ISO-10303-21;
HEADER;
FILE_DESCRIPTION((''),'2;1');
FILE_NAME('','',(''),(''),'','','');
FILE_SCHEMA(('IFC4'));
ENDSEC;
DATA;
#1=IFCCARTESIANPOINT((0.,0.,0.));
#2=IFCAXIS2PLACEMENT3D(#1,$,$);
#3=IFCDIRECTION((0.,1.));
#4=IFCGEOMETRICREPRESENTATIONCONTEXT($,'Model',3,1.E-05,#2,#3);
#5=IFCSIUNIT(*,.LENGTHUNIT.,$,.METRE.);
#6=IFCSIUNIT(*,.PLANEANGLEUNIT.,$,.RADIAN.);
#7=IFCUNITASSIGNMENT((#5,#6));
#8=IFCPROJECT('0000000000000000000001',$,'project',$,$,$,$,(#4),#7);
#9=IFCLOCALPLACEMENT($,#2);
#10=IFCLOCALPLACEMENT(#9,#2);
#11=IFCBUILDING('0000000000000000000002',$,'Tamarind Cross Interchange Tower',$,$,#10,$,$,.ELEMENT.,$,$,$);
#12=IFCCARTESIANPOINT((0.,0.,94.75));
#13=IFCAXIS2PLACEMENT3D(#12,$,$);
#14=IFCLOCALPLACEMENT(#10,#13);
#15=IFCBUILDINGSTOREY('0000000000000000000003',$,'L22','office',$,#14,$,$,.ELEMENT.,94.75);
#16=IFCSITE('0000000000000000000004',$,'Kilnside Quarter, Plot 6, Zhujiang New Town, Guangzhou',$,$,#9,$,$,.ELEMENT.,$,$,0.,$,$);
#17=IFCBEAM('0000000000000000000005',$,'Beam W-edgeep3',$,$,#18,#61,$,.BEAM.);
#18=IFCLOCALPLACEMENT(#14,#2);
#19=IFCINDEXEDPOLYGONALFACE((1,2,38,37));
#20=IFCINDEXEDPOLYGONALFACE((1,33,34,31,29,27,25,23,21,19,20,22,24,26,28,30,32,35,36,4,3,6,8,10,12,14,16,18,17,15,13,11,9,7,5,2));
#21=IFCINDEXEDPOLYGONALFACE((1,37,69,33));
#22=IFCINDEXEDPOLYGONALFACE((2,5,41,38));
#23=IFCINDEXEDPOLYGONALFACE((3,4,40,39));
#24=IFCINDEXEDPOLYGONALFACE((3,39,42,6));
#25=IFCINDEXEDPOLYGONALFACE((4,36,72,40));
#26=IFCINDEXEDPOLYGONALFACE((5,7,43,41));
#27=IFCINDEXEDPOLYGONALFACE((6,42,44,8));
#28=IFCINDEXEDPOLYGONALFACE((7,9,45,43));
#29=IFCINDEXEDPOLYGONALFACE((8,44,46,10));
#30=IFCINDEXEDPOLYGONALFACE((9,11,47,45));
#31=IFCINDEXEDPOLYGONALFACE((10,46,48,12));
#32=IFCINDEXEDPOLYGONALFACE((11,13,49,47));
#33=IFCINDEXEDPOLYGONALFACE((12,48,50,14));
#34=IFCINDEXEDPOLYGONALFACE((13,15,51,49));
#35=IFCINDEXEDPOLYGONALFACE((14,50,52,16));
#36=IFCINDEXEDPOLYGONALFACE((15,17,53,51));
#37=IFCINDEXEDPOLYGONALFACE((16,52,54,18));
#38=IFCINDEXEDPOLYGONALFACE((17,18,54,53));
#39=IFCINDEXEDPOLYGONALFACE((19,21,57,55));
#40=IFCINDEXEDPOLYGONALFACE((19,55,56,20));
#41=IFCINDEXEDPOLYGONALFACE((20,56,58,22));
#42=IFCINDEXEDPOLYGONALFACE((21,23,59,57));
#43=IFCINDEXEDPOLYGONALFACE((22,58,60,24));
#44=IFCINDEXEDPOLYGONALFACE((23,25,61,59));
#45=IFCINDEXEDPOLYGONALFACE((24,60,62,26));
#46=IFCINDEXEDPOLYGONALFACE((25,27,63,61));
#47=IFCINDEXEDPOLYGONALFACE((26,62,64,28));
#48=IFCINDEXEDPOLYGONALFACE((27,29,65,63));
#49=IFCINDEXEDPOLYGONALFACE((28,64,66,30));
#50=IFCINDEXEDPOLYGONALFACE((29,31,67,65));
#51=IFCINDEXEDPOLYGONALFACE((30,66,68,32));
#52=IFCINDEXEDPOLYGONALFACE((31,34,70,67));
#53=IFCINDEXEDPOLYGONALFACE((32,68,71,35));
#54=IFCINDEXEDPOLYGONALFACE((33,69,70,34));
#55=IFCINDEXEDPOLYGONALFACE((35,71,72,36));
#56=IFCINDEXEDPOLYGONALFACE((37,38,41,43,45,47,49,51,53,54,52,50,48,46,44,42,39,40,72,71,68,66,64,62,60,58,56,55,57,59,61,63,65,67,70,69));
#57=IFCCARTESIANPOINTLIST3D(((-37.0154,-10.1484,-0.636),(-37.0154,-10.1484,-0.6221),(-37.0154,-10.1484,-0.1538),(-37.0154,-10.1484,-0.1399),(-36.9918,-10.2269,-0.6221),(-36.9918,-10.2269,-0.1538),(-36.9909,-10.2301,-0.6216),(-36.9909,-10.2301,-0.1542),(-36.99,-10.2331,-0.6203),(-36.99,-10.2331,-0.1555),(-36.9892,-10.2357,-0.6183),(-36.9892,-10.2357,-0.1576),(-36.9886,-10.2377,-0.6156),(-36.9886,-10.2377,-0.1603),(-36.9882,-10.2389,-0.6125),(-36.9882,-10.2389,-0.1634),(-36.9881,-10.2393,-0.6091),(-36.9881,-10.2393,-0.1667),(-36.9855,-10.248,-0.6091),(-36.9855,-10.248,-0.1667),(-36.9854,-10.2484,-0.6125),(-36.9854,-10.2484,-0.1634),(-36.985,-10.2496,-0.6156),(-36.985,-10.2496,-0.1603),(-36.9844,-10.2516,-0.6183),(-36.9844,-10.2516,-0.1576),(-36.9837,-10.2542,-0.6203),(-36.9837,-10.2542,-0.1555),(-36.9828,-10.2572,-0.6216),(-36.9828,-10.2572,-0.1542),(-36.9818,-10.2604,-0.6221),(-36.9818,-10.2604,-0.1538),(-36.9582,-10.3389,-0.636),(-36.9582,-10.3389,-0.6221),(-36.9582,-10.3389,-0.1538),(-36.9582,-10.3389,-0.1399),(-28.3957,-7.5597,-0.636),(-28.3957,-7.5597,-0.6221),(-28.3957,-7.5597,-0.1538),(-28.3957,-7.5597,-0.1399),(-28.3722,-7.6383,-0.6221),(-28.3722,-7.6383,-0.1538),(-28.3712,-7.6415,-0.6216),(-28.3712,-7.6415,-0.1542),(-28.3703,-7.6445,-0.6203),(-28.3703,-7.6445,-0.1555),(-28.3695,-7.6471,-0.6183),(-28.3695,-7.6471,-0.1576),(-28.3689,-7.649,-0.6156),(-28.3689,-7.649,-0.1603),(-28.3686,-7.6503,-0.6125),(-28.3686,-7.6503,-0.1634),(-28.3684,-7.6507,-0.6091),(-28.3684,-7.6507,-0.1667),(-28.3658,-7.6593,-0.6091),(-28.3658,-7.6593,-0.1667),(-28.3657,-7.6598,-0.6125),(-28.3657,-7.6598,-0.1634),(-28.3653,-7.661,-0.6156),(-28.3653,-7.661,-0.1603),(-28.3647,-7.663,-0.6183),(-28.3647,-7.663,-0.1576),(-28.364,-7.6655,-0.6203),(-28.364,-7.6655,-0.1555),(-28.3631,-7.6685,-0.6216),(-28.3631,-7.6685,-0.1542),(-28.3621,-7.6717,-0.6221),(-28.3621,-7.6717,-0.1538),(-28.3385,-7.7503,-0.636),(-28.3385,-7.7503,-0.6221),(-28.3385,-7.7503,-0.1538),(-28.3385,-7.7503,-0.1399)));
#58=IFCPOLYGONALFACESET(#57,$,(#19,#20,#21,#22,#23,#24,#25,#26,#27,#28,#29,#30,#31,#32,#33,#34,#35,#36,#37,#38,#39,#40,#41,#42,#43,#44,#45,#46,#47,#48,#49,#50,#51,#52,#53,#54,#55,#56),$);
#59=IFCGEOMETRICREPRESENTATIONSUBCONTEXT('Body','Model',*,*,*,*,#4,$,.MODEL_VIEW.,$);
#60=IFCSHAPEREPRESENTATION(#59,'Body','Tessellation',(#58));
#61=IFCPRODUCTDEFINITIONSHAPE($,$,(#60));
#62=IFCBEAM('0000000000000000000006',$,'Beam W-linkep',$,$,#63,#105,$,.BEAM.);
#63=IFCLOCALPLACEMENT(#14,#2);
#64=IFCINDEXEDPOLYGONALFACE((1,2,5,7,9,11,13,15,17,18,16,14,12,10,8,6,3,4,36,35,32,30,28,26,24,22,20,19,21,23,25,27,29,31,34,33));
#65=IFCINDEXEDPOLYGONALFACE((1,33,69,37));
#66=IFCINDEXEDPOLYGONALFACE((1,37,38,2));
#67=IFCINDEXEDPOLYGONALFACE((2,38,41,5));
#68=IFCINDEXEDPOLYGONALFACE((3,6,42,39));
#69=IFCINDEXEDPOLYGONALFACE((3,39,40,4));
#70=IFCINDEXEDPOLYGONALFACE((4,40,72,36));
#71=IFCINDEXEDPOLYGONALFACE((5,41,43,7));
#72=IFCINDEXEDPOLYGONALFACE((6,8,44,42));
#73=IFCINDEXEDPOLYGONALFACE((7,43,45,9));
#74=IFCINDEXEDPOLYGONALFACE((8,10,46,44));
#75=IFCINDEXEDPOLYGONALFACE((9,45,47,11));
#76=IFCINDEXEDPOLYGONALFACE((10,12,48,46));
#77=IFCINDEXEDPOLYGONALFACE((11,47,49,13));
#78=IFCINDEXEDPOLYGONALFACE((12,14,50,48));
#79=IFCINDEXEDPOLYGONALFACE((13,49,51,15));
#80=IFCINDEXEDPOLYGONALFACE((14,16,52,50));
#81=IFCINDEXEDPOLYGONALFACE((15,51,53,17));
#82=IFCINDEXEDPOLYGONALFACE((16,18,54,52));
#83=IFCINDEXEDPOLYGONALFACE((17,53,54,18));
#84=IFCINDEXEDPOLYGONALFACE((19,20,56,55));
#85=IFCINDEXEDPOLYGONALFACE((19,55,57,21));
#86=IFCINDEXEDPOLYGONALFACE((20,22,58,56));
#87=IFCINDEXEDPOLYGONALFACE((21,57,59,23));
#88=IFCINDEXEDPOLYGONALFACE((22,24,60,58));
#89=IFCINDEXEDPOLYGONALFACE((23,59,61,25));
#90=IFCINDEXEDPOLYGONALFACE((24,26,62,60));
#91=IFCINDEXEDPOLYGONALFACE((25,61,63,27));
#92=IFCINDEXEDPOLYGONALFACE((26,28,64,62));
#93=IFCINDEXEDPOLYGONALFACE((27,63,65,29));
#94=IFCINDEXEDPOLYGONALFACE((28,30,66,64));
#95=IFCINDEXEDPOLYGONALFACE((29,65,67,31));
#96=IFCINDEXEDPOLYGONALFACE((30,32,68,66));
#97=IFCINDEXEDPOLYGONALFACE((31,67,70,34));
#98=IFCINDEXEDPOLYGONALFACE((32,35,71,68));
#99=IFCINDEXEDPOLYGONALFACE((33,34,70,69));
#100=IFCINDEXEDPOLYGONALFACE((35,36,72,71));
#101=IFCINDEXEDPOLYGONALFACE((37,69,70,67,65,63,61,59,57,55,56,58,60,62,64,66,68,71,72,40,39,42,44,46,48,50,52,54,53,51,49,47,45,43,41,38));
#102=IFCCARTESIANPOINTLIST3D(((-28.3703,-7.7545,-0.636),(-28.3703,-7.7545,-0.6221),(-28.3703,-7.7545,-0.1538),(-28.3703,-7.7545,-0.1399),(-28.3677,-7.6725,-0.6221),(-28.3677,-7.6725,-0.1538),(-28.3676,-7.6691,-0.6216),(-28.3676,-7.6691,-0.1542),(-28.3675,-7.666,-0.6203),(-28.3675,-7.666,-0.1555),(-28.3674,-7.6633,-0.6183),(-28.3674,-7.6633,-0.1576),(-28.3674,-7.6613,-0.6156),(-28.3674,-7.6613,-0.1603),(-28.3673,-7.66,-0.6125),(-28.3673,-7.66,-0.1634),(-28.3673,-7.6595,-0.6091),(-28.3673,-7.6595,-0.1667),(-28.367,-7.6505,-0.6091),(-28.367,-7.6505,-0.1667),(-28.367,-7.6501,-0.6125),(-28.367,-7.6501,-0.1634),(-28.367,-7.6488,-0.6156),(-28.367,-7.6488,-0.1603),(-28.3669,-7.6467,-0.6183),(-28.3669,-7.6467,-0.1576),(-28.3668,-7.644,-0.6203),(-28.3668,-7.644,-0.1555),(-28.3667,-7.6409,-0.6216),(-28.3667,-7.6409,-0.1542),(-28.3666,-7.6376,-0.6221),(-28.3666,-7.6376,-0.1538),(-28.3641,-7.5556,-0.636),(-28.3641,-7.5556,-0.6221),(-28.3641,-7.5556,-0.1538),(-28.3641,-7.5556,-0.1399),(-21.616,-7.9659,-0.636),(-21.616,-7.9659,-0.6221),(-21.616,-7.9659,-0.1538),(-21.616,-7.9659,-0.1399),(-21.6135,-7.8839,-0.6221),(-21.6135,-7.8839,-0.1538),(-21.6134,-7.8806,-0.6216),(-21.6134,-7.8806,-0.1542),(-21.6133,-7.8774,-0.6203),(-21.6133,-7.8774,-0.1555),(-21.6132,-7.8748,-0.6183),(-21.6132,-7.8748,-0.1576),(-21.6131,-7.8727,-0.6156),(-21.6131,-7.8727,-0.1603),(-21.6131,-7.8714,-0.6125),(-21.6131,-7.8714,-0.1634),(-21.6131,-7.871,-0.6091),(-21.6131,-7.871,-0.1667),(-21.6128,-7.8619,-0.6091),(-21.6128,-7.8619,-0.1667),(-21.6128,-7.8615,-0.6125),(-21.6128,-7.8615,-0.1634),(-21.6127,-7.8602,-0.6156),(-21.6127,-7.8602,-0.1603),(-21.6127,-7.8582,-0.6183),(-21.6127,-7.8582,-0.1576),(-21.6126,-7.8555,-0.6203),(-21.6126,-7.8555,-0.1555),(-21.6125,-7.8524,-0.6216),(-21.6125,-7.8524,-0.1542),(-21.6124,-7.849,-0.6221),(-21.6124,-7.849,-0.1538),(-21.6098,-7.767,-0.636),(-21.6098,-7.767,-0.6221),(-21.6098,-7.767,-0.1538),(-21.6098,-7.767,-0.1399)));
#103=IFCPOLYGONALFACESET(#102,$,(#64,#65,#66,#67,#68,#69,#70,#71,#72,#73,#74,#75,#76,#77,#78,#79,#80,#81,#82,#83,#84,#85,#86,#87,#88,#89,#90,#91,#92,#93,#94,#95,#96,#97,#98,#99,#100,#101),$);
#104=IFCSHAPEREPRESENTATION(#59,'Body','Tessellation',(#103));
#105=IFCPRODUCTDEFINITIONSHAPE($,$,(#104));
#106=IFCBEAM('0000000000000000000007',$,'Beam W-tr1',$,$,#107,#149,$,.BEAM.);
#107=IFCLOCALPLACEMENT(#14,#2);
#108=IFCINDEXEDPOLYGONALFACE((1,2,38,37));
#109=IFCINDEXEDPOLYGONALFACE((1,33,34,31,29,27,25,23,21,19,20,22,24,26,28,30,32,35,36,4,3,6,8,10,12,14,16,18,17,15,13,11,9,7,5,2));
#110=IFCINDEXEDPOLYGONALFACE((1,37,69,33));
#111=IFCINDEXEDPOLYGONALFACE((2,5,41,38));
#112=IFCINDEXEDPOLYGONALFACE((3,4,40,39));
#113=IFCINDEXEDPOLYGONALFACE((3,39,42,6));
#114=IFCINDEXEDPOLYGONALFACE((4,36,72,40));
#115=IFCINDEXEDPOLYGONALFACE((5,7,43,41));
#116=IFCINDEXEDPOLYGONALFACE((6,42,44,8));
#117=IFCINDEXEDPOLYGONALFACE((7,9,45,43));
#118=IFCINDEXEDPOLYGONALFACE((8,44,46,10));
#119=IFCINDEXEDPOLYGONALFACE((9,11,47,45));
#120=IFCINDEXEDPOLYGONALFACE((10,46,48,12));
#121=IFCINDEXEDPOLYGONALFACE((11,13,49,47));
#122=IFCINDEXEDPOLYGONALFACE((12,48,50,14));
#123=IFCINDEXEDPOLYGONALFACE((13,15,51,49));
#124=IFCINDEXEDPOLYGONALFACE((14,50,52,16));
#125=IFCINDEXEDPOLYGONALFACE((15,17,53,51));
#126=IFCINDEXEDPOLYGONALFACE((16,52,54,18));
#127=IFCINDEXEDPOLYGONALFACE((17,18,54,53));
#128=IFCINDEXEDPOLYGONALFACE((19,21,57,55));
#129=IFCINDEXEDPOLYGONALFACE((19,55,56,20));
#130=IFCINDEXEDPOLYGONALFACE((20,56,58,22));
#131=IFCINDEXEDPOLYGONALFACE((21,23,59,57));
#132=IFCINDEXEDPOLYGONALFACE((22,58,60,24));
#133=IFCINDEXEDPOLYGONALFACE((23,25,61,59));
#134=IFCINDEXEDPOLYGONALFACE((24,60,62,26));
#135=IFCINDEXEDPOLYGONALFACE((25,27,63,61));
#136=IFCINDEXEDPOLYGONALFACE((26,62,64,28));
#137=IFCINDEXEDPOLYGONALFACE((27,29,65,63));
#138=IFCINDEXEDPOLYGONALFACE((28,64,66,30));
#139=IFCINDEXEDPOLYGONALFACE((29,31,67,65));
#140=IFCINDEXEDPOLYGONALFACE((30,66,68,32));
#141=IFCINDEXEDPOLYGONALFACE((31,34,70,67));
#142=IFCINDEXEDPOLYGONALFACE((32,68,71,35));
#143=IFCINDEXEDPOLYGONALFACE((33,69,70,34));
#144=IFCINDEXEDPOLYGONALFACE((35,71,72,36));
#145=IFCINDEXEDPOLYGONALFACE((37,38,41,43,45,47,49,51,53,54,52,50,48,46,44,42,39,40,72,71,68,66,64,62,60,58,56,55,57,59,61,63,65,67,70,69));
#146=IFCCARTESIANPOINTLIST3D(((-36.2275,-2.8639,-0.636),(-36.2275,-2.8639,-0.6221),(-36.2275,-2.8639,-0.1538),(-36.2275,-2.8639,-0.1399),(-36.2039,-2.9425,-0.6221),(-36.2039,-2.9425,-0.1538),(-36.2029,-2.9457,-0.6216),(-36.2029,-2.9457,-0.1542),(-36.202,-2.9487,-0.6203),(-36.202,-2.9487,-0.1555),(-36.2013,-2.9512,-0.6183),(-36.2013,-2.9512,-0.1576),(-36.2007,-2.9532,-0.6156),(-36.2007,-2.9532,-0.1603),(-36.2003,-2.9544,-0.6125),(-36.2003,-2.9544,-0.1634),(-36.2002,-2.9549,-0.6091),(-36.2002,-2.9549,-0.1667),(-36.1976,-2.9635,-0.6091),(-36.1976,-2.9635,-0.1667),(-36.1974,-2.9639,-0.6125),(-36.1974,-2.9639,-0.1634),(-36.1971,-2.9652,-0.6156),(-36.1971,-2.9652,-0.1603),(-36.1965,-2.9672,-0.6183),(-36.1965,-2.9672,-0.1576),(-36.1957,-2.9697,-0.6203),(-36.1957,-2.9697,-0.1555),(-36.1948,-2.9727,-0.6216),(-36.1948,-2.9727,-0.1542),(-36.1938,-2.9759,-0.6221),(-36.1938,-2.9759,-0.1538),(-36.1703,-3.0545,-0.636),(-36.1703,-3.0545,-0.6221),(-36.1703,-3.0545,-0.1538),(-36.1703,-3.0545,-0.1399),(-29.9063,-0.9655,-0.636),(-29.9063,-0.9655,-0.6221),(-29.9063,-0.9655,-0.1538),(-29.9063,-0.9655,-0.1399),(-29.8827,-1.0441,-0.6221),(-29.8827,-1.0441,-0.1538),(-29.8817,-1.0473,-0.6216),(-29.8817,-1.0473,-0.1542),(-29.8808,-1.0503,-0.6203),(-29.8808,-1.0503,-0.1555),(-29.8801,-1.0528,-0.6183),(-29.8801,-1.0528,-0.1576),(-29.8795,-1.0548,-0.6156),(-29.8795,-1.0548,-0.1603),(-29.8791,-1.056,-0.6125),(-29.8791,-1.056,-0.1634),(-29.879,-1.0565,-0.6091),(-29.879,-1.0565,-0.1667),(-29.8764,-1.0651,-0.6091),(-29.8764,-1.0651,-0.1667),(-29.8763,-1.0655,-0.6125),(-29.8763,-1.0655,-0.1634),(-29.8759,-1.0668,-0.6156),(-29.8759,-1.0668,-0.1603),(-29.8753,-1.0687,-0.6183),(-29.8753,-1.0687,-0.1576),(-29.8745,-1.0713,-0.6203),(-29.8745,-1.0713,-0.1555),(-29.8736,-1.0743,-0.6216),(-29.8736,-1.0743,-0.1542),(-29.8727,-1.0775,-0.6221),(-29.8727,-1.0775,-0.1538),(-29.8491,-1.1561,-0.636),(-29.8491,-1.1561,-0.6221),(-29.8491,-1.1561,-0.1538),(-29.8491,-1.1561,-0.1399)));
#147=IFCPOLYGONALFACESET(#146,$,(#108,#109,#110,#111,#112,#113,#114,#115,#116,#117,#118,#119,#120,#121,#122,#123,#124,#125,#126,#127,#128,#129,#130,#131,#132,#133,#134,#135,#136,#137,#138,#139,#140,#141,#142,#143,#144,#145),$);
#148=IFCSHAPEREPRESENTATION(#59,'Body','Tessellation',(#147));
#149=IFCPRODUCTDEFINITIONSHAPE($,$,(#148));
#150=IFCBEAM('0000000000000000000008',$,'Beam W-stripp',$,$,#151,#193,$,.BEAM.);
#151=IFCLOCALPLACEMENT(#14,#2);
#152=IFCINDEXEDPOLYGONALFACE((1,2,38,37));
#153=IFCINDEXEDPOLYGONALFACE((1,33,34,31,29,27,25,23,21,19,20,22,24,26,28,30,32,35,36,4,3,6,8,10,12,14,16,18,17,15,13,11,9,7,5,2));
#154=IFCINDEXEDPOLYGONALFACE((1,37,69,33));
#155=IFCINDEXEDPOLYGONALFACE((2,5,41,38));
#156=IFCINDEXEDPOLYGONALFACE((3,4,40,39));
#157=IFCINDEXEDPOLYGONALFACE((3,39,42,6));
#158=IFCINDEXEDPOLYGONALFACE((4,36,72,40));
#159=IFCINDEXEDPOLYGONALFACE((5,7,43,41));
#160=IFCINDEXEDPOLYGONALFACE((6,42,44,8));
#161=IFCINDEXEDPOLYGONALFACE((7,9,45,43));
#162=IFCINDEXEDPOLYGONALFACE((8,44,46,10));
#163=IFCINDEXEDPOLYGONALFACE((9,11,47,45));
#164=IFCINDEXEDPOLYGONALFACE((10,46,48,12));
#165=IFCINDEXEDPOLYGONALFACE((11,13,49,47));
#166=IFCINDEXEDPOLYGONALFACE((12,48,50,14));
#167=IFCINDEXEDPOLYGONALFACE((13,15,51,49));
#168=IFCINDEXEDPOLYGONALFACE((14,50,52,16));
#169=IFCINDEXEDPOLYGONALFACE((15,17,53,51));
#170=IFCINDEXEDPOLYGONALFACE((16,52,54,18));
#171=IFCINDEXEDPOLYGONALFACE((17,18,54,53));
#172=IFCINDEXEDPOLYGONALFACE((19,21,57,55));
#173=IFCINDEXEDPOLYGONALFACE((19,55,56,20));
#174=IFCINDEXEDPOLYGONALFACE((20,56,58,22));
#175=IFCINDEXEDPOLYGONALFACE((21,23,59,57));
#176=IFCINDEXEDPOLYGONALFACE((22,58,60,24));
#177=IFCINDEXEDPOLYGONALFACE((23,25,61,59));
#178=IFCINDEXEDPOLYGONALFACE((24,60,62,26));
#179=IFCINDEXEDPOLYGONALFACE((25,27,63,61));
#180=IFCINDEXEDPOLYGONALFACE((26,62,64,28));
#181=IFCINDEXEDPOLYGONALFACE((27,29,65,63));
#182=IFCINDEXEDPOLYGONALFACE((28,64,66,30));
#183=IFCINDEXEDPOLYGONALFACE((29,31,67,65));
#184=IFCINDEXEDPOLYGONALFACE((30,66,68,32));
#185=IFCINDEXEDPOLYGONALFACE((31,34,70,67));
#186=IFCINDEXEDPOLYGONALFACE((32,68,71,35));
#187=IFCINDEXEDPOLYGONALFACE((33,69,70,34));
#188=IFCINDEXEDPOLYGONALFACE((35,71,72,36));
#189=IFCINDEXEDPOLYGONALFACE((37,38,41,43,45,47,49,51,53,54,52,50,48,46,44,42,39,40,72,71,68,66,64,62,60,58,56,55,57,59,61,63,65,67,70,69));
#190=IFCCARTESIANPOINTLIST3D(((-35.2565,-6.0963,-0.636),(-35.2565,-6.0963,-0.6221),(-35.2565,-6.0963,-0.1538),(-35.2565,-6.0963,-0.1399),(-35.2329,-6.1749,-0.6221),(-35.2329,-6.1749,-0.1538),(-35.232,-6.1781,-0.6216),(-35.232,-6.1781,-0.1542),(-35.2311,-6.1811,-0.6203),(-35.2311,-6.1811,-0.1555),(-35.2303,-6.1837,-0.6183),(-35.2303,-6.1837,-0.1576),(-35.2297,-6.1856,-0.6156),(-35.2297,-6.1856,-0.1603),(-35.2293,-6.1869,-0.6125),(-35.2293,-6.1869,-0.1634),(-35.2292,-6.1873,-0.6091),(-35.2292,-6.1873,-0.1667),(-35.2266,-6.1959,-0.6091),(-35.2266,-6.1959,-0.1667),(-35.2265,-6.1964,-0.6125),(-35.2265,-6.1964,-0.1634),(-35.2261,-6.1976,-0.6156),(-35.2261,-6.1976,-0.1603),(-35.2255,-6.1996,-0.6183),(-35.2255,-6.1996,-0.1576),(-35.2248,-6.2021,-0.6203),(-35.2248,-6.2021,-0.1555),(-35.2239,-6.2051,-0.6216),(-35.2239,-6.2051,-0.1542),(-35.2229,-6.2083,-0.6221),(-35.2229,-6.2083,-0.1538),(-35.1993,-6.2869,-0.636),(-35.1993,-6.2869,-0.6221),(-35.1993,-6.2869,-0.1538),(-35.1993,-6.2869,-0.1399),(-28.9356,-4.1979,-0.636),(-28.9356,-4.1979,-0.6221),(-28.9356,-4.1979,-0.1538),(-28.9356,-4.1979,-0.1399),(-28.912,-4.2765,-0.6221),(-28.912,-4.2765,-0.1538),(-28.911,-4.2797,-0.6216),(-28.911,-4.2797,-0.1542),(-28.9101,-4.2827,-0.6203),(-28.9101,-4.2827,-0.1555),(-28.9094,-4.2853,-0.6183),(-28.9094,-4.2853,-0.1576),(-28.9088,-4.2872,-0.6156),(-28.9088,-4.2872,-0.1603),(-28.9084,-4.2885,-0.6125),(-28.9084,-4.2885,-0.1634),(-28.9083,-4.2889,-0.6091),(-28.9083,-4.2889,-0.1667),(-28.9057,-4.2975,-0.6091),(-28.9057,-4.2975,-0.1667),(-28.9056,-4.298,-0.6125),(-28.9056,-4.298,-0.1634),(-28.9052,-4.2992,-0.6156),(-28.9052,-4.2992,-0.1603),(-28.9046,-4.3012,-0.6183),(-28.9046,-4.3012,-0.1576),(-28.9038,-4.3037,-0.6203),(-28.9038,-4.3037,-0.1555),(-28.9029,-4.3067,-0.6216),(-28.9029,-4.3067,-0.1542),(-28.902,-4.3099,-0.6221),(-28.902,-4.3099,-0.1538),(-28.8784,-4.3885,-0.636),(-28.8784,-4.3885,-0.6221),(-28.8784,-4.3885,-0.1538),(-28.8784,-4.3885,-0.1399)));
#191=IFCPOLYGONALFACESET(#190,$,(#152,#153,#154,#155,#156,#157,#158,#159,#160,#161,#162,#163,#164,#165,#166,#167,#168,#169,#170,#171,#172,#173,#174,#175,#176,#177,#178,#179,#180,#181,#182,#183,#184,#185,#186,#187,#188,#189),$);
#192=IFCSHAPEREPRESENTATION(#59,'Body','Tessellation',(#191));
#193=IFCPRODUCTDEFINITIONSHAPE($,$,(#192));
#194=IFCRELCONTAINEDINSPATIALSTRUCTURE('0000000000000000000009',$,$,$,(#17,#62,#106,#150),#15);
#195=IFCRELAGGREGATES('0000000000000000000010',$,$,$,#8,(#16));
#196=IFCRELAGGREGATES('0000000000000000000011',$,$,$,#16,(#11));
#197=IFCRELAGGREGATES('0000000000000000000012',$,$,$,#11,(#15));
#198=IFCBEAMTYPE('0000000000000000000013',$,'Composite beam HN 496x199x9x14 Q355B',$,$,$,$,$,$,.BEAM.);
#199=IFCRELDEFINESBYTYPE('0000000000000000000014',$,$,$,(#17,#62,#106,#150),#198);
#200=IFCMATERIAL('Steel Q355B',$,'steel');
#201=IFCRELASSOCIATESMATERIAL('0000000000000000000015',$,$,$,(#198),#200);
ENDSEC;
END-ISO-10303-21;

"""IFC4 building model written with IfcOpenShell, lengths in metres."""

from ifc_helpers import new_model, si_unit, direction, frame, origin, origin_2d, place, context, subcontext, project, spatial, i_section, extrude, material, material_profile, profile_set, type_object, element, save


model = new_model("IFC4")

# Units and contexts
model_context = context("Model", 3, precision=1e-05, world=origin(), true_north=direction((0.0, 1.0)))
body_context = subcontext(model_context, "Body", "Model", "MODEL_VIEW")
ifc_project = project(units=[si_unit("LENGTHUNIT", "METRE"), si_unit("PLANEANGLEUNIT", "RADIAN")], contexts=[model_context])

# Site, building, storey
site_placement = place(None, origin())
site = spatial("IfcSite", under=ifc_project, at=site_placement, Name="Kilnside Quarter, Plot 6, Zhujiang New Town, Guangzhou", CompositionType="ELEMENT", RefElevation=0.0)
building_placement = place(site_placement, origin())
building = spatial("IfcBuilding", under=site, at=building_placement, Name="Tamarind Cross Interchange Tower", CompositionType="ELEMENT")
storey_placement = place(building_placement, frame((0.0, 0.0, 94.75)))
storey = spatial("IfcBuildingStorey", under=building, at=storey_placement, Name="L22", Description="office", CompositionType="ELEMENT", Elevation=94.75)

# Beams
ifc_material_1 = material(Name="Steel Q355B", Category="steel")
ifc_material_profile_1 = material_profile(ifc_material_1, i_section(OverallWidth=0.199, OverallDepth=0.4961, WebThickness=0.009, FlangeThickness=0.0139, FilletRadius=0.0129, at=origin_2d()), Name="HN 496x199x9x14")
ifc_profile_set_1 = profile_set([ifc_material_profile_1], Name="Steel Q355B")
beam_type_1 = type_object("IfcBeamType", Name="Composite beam HN 496x199x9x14 Q355B", PredefinedType="BEAM", material=ifc_profile_set_1)
beam_1_placement = place(storey_placement, frame((-36.9868, -10.2437, -0.3879), z_axis=(0.957743, 0.287627, 0.0), x_axis=(-0.287627, 0.957743, 0.0)))
element("IfcBeam", 1, at=beam_1_placement, inside=storey, type_object=beam_type_1, Name="Beam W-edgeep3", PredefinedType="BEAM", context=body_context, shape_type="SweptSolid", body=[
    extrude(i_section(OverallWidth=0.199, OverallDepth=0.4961, WebThickness=0.009, FlangeThickness=0.0139, FilletRadius=0.0129, at=origin_2d()), origin(), (0.0, 0.0, 1.0), 9.0),
])
beam_2_placement = place(storey_placement, frame((-28.3672, -7.655, -0.3879), z_axis=(0.99951, -0.031288, 0.0), x_axis=(0.031288, 0.99951, 0.0)))
element("IfcBeam", 2, at=beam_2_placement, inside=storey, type_object=beam_type_1, Name="Beam W-linkep", PredefinedType="BEAM", context=body_context, shape_type="SweptSolid", body=[
    extrude(i_section(OverallWidth=0.199, OverallDepth=0.4961, WebThickness=0.009, FlangeThickness=0.0139, FilletRadius=0.0129, at=origin_2d()), origin(), (0.0, 0.0, 1.0), 6.7576),
])
beam_3_placement = place(storey_placement, frame((-29.8777, -1.0608, -0.3879), z_axis=(-0.957741, -0.287633, 0.0), x_axis=(0.287633, -0.957741, 0.0)))
element("IfcBeam", 3, at=beam_3_placement, inside=storey, type_object=beam_type_1, Name="Beam W-tr1", PredefinedType="BEAM", context=body_context, shape_type="SweptSolid", body=[
    extrude(i_section(OverallWidth=0.199, OverallDepth=0.4961, WebThickness=0.009, FlangeThickness=0.0139, FilletRadius=0.0129, at=origin_2d()), origin(), (0.0, 0.0, 1.0), 6.6001),
])
beam_4_placement = place(storey_placement, frame((-28.907, -4.2932, -0.3879), z_axis=(-0.957738, -0.287643, 0.0), x_axis=(0.287643, -0.957738, 0.0)))
element("IfcBeam", 4, at=beam_4_placement, inside=storey, type_object=beam_type_1, Name="Beam W-stripp", PredefinedType="BEAM", context=body_context, shape_type="SweptSolid", body=[
    extrude(i_section(OverallWidth=0.199, OverallDepth=0.4961, WebThickness=0.009, FlangeThickness=0.0139, FilletRadius=0.0129, at=origin_2d()), origin(), (0.0, 0.0, 1.0), 6.5999),
])

save(model, "model.ifc")
